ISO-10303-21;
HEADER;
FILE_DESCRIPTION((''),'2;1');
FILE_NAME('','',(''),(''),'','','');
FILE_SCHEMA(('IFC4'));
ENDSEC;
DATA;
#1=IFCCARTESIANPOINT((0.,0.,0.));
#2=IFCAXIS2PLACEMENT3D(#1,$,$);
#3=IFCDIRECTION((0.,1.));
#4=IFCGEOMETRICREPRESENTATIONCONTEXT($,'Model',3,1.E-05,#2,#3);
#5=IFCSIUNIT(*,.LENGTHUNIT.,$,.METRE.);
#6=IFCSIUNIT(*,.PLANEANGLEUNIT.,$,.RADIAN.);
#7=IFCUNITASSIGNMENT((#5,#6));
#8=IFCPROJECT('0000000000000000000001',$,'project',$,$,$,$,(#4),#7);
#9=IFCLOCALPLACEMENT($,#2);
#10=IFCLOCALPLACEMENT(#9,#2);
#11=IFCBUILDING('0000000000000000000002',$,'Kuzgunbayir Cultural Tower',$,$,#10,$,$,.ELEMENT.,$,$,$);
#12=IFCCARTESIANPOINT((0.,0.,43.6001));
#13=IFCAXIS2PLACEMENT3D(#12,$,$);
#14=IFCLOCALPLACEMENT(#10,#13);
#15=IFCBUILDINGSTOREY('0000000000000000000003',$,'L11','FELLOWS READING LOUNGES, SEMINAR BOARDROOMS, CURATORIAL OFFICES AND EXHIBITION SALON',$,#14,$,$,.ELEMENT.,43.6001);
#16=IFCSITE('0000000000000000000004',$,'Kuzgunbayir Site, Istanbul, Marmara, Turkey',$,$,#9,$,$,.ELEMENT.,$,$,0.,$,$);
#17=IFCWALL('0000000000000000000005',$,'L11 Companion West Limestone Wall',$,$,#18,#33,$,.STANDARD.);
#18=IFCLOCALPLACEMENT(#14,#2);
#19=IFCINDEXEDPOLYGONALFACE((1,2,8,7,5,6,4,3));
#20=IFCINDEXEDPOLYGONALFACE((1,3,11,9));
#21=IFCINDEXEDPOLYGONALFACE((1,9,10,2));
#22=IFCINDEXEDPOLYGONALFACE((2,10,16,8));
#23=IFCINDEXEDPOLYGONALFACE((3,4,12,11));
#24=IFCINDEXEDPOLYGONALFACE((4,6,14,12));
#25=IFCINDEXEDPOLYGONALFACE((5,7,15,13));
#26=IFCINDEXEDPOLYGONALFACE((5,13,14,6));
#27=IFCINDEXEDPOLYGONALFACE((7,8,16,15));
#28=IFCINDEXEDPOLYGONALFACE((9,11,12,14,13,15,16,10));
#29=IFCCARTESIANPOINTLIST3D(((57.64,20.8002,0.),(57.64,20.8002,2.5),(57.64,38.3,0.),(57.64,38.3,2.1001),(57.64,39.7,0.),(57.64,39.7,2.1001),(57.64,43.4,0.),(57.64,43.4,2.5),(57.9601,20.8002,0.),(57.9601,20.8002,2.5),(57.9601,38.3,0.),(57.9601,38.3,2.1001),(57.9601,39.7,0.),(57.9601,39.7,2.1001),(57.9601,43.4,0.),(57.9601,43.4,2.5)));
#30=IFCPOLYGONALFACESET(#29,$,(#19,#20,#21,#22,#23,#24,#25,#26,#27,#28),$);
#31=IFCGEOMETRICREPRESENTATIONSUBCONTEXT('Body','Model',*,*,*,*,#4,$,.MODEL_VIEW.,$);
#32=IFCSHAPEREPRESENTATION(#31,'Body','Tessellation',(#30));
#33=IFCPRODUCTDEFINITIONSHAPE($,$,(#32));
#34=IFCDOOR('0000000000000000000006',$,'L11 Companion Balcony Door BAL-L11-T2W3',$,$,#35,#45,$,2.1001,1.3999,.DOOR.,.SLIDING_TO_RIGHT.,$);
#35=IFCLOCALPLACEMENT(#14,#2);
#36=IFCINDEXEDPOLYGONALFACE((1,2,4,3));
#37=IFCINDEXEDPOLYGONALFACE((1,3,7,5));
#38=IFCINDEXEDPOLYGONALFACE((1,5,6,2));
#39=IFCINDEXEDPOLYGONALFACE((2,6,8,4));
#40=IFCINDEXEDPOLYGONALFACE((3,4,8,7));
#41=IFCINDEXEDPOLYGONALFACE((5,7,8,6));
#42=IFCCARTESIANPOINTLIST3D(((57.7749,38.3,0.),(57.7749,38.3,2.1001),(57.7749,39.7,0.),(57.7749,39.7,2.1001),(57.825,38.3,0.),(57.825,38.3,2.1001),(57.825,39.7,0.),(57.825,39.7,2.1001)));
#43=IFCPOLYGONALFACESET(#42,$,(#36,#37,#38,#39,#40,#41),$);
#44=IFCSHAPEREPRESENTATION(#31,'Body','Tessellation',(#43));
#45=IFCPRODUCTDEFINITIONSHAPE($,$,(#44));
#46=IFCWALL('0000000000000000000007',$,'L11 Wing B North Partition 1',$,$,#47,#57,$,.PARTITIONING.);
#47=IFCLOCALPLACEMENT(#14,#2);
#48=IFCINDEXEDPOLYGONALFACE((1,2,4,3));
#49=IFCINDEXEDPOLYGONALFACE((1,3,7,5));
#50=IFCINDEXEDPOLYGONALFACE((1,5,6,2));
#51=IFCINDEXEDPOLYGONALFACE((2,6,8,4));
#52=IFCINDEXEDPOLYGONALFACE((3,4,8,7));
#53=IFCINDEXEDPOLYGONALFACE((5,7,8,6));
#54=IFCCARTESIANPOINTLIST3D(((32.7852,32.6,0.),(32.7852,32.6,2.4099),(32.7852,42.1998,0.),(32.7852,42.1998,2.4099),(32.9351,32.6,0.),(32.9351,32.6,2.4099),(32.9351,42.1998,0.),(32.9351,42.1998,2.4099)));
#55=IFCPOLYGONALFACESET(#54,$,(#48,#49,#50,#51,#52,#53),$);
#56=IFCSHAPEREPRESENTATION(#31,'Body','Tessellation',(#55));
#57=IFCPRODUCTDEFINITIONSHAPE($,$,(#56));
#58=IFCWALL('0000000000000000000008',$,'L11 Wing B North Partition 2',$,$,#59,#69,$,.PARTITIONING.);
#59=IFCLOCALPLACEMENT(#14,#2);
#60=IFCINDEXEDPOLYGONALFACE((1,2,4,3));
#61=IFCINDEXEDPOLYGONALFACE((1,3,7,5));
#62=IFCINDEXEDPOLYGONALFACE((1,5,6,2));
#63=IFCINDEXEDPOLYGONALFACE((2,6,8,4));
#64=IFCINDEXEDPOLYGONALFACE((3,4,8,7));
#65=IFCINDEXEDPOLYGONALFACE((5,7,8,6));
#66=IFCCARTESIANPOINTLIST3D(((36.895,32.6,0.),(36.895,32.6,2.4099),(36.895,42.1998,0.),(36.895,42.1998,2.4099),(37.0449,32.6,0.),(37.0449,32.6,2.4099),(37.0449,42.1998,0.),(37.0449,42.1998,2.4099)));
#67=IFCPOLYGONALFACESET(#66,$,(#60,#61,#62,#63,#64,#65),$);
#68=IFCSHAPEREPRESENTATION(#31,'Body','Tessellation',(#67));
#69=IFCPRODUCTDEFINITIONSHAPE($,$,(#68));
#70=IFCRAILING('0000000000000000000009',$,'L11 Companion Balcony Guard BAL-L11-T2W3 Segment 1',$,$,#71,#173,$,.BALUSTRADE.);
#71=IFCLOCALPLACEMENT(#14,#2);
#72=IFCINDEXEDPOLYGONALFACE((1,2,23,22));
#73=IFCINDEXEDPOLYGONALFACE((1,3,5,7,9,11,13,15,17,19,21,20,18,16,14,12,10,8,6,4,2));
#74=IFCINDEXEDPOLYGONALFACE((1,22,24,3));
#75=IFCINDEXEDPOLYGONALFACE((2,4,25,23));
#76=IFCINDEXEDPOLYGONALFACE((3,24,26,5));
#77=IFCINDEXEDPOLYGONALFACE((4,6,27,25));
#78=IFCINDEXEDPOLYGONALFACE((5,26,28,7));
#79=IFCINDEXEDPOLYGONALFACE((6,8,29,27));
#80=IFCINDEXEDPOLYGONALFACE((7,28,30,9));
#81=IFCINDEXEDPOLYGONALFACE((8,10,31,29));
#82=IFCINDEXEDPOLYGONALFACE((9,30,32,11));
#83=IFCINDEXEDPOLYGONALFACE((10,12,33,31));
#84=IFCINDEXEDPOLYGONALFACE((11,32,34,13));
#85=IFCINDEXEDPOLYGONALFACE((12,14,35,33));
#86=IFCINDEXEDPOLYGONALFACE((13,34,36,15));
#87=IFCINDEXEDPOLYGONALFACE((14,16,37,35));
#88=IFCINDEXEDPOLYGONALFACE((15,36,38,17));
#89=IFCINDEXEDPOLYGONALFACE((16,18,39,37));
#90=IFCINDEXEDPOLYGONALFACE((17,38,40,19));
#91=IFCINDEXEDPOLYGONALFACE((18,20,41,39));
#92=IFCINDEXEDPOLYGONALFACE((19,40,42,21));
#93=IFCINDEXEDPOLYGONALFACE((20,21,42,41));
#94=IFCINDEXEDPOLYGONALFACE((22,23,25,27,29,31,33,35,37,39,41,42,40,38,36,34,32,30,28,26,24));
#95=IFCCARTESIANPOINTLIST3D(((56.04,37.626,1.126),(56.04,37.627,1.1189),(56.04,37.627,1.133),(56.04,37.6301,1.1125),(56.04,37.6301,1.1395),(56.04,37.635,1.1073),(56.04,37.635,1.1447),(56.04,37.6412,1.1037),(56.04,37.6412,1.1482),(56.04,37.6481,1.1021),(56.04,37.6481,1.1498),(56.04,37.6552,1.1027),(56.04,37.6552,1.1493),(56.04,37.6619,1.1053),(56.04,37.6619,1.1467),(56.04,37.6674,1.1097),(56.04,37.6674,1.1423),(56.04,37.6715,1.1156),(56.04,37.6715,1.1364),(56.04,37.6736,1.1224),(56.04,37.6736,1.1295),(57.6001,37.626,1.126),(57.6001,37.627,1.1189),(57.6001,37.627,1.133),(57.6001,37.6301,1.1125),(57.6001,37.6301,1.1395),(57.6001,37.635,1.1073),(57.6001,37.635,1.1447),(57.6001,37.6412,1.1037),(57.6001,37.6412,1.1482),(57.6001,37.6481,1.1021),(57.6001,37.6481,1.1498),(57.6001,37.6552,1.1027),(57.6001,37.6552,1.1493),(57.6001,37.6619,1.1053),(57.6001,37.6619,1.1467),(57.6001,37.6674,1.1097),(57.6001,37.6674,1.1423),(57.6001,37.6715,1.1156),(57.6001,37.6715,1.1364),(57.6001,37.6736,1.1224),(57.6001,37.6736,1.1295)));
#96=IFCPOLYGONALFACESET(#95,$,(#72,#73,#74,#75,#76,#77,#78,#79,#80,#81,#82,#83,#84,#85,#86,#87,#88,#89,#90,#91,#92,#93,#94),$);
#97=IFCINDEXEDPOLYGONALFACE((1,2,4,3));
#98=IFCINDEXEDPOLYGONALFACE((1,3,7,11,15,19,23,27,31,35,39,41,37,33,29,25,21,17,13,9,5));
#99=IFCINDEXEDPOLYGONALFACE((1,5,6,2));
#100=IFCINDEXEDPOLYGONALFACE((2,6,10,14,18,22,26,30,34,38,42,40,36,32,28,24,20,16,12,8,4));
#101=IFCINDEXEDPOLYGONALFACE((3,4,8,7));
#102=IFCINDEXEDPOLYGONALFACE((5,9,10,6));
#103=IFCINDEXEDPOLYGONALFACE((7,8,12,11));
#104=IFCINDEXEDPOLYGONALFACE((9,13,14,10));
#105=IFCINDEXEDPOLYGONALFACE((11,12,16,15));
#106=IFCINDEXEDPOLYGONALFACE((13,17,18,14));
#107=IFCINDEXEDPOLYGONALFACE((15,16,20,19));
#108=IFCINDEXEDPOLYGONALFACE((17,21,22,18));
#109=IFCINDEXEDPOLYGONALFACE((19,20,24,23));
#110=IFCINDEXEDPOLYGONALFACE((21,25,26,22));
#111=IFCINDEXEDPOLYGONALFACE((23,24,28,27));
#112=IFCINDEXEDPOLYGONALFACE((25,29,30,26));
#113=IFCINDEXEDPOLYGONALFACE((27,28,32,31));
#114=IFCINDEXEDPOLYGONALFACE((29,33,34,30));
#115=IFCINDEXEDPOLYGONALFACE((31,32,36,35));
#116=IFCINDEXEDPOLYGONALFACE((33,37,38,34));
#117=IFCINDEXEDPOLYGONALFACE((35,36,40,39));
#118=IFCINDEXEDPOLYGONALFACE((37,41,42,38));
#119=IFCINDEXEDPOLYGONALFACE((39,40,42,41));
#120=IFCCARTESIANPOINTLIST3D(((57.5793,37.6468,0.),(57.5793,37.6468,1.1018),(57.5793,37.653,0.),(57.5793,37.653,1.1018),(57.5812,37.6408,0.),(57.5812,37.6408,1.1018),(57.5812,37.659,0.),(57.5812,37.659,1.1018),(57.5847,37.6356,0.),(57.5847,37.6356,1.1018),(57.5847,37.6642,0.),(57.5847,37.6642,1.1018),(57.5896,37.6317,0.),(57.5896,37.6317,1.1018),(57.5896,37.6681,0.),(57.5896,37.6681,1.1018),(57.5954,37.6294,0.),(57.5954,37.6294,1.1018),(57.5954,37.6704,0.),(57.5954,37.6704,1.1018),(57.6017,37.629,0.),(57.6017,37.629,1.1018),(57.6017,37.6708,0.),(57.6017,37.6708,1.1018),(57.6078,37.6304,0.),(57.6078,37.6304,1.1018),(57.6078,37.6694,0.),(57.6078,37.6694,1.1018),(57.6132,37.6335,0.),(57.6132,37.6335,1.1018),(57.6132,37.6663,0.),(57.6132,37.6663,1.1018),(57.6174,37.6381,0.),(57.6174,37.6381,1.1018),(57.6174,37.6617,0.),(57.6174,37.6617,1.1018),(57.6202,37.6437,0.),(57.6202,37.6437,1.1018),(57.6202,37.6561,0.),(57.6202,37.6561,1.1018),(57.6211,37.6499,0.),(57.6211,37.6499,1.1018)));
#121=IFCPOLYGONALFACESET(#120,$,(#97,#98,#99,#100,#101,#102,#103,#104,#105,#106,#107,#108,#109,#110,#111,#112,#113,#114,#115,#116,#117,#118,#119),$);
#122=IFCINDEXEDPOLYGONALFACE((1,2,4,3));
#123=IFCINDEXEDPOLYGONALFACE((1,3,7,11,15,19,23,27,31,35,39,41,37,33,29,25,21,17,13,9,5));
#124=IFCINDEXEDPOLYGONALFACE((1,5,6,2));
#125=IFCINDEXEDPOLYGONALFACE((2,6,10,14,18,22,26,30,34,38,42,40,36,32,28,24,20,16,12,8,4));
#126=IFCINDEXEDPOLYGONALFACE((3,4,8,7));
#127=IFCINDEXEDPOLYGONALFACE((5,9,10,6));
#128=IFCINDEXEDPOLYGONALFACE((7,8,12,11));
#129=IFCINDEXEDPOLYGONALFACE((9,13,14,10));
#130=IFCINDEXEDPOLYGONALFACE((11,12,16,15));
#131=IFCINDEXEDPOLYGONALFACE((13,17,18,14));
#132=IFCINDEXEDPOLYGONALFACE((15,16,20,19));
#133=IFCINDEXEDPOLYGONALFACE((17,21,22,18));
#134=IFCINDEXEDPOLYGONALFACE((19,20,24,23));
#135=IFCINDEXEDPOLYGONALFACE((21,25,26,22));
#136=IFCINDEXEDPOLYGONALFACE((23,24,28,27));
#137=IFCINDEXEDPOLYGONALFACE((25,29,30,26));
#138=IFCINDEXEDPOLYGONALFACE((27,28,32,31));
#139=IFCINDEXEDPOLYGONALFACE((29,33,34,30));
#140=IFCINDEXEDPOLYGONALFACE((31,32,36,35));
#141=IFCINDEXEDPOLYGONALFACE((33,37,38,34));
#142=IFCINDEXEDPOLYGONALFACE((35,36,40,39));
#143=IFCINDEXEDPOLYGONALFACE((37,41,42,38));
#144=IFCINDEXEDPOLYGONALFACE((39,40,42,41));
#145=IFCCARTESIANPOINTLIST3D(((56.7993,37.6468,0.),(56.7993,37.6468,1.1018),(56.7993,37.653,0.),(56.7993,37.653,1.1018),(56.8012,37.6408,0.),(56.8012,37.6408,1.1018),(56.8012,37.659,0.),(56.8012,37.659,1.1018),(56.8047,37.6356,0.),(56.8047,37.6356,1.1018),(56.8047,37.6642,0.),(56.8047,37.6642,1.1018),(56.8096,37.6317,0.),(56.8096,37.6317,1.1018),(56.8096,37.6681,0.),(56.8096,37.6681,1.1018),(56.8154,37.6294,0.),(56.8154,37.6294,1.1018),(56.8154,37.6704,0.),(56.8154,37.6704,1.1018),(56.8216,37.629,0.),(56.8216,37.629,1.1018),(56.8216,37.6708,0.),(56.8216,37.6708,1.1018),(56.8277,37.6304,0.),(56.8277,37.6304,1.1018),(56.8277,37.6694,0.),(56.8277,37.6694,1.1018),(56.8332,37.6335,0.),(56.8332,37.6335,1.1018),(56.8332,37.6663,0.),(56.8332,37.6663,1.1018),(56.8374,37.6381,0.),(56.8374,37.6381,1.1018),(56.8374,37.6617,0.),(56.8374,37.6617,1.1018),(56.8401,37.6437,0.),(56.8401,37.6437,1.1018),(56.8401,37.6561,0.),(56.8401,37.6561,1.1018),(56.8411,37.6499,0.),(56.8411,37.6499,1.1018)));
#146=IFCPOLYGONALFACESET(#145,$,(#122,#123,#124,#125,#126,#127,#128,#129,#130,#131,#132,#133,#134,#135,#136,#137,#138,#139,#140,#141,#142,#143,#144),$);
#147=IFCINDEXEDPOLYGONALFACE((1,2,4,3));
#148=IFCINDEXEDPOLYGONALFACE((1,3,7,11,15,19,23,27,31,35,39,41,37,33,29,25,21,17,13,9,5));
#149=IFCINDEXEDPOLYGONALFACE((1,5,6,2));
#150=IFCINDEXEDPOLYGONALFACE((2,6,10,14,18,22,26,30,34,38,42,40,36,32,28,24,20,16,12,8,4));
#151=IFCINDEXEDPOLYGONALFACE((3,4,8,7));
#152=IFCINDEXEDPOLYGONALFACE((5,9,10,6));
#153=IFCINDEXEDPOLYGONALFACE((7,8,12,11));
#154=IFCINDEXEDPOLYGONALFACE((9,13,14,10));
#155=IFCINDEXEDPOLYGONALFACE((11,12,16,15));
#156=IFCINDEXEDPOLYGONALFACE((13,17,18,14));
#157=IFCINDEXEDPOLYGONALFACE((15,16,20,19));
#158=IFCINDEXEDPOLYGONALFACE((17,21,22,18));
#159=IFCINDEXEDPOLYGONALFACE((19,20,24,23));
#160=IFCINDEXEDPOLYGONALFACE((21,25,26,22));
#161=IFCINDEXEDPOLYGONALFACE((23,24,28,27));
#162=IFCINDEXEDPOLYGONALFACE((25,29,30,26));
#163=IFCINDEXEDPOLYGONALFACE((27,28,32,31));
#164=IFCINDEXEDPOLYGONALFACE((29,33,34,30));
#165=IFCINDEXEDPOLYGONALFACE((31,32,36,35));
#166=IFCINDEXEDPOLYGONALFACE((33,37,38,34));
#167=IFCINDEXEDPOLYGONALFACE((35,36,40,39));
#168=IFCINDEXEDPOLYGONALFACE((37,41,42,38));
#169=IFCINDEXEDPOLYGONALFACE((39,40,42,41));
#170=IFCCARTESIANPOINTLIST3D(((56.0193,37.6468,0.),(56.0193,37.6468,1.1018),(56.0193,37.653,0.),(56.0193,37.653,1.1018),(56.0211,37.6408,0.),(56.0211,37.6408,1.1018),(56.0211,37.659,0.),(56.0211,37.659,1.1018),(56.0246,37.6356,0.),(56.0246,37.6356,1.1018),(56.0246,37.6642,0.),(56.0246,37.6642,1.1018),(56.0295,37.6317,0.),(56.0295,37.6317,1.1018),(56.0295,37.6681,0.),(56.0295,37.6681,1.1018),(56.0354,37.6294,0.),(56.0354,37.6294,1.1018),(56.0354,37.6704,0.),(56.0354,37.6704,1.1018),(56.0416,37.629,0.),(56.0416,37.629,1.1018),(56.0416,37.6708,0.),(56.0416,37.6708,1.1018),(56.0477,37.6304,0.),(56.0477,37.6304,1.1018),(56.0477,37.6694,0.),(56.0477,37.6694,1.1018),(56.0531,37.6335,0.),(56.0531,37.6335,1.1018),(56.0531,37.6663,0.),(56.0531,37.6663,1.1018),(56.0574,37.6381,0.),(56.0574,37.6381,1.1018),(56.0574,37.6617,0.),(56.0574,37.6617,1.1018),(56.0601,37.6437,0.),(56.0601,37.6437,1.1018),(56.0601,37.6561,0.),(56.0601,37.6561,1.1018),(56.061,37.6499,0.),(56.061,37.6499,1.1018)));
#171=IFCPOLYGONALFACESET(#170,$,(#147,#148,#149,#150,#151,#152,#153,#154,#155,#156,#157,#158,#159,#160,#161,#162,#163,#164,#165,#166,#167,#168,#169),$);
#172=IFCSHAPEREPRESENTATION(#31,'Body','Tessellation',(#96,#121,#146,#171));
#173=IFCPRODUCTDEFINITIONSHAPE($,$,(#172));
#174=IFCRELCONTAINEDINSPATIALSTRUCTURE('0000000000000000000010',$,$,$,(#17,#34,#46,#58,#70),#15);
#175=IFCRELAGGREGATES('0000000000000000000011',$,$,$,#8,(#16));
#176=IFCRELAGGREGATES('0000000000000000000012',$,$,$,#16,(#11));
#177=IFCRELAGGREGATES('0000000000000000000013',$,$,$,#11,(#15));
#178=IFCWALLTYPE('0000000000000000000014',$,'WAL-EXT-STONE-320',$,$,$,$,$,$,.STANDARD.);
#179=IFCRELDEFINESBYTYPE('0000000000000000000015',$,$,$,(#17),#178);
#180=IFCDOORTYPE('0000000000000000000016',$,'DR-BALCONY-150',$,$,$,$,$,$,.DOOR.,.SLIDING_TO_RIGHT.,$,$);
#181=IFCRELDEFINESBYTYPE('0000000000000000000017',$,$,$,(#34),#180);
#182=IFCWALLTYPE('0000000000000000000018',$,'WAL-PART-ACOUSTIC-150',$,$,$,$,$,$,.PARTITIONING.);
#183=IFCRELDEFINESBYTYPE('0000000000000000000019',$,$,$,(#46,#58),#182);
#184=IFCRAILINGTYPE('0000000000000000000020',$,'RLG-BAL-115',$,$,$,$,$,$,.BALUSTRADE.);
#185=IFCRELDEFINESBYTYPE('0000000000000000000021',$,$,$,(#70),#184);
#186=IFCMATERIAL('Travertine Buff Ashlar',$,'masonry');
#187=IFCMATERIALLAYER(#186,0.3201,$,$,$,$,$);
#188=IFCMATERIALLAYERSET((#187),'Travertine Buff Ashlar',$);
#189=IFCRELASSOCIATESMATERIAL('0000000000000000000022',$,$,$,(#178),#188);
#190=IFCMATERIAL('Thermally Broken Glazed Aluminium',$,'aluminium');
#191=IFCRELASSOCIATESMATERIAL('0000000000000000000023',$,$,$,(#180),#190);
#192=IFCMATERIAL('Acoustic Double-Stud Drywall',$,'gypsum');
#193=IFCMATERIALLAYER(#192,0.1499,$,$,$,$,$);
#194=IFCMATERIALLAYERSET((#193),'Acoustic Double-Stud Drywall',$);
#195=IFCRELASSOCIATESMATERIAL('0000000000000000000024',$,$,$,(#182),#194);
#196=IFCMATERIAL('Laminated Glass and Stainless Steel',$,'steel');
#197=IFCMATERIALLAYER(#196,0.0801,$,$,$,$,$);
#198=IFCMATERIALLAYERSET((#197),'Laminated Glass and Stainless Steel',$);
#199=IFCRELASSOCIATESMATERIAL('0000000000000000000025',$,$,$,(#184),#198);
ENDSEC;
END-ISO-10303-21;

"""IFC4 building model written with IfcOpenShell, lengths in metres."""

from ifc_helpers import new_model, si_unit, direction, frame, frame_2d, origin, origin_2d, place, context, subcontext, project, spatial, rectangle, circle, extrude, material, layer, layer_set, type_object, element, fill, save


model = new_model("IFC4")

# Units and contexts
model_context = context("Model", 3, precision=1e-05, world=origin(), true_north=direction((0.0, 1.0)))
body_context = subcontext(model_context, "Body", "Model", "MODEL_VIEW")
ifc_project = project(units=[si_unit("LENGTHUNIT", "METRE"), si_unit("PLANEANGLEUNIT", "RADIAN")], contexts=[model_context])

# Site, building, storey
site_placement = place(None, origin())
site = spatial("IfcSite", under=ifc_project, at=site_placement, Name="Kuzgunbayir Site, Istanbul, Marmara, Turkey", CompositionType="ELEMENT", RefElevation=0.0)
building_placement = place(site_placement, origin())
building = spatial("IfcBuilding", under=site, at=building_placement, Name="Kuzgunbayir Cultural Tower", CompositionType="ELEMENT")
storey_placement = place(building_placement, frame((0.0, 0.0, 43.6001)))
storey = spatial("IfcBuildingStorey", under=building, at=storey_placement, Name="L11", Description="FELLOWS READING LOUNGES, SEMINAR BOARDROOMS, CURATORIAL OFFICES AND EXHIBITION SALON", CompositionType="ELEMENT", Elevation=43.6001)

# Shared definitions
ifc_material_1 = material(Name="Travertine Buff Ashlar", Category="masonry")
ifc_layer_1 = layer(ifc_material_1, 0.3201)
ifc_layer_set_1 = layer_set([ifc_layer_1], Name="Travertine Buff Ashlar")
wall_type_1 = type_object("IfcWallType", Name="WAL-EXT-STONE-320", PredefinedType="STANDARD", material=ifc_layer_set_1)

# Wall, opening, door
wall_1_placement = place(storey_placement, frame((57.8, 43.3999, 0.0), z_axis=(0.0, 0.0, 1.0), x_axis=(0.0, -1.0, 0.0)))
wall_1 = element("IfcWall", 1, at=wall_1_placement, inside=storey, type_object=wall_type_1, Name="L11 Companion West Limestone Wall", PredefinedType="STANDARD", context=body_context, shape_type="SweptSolid", body=[
    extrude(rectangle(XDim=22.5999, YDim=0.3201, at=frame_2d((11.2998, 0.0))), origin(), (0.0, 0.0, 1.0), 2.5),
])
opening_placement = place(wall_1_placement, frame((3.7, 0.0, 0.0)))
opening = element("IfcOpeningElement", 2, at=opening_placement, cuts=wall_1, PredefinedType="OPENING", context=body_context, shape_type="SweptSolid", body=[
    extrude(rectangle(XDim=1.3999, YDim=2.1001, at=frame_2d((0.7, 1.05))), frame((0.0, 0.1699, 0.0), z_axis=(0.0, -1.0, 0.0), x_axis=(1.0, 0.0, 0.0)), (0.0, 0.0, 1.0), 0.3401),
])
ifc_material_2 = material(Name="Thermally Broken Glazed Aluminium", Category="aluminium")
door_type = type_object("IfcDoorType", Name="DR-BALCONY-150", OperationType="SLIDING_TO_RIGHT", PredefinedType="DOOR", material=ifc_material_2)
door_placement = place(opening_placement, origin())
door = element("IfcDoor", 3, at=door_placement, inside=storey, type_object=door_type, Name="L11 Companion Balcony Door BAL-L11-T2W3", OperationType="SLIDING_TO_RIGHT", OverallHeight=2.1001, OverallWidth=1.3999, PredefinedType="DOOR", context=body_context, shape_type="SweptSolid", body=[
    extrude(rectangle(XDim=1.3999, YDim=2.1001, at=frame_2d((0.7, 1.05))), frame((0.0, 0.0249, 0.0), z_axis=(0.0, -1.0, 0.0), x_axis=(1.0, 0.0, 0.0)), (0.0, 0.0, 1.0), 0.05),
])
fill(opening, door)

# Walls
ifc_material_3 = material(Name="Acoustic Double-Stud Drywall", Category="gypsum")
ifc_layer_2 = layer(ifc_material_3, 0.1499)
ifc_layer_set_2 = layer_set([ifc_layer_2], Name="Acoustic Double-Stud Drywall")
wall_type_2 = type_object("IfcWallType", Name="WAL-PART-ACOUSTIC-150", PredefinedType="PARTITIONING", material=ifc_layer_set_2)
for number, where, z_axis, x_axis, name in (
    (4, (32.8601, 32.6001, 0.0), (0.0, 0.0, 1.0), (0.0, 1.0, 0.0), "L11 Wing B North Partition 1"),
    (5, (36.97, 32.6001, 0.0), (0.0, 0.0, 1.0), (0.0, 1.0, 0.0), "L11 Wing B North Partition 2"),
):
    element("IfcWall", number, at=place(storey_placement, frame(where, z_axis=z_axis, x_axis=x_axis)), inside=storey, type_object=wall_type_2, Name=name, PredefinedType="PARTITIONING", context=body_context, shape_type="SweptSolid", body=[
        extrude(rectangle(XDim=9.5999, YDim=0.1499, at=frame_2d((4.7998, 0.0))), origin(), (0.0, 0.0, 1.0), 2.4099),
    ])

# Railing
ifc_material_4 = material(Name="Laminated Glass and Stainless Steel", Category="steel")
ifc_layer_3 = layer(ifc_material_4, 0.0801)
ifc_layer_set_3 = layer_set([ifc_layer_3], Name="Laminated Glass and Stainless Steel")
railing_type = type_object("IfcRailingType", Name="RLG-BAL-115", PredefinedType="BALUSTRADE", material=ifc_layer_set_3)
railing_1_placement = place(storey_placement, frame((57.6001, 37.6499, 0.0)))
element("IfcRailing", 6, at=railing_1_placement, inside=storey, type_object=railing_type, Name="L11 Companion Balcony Guard BAL-L11-T2W3 Segment 1", PredefinedType="BALUSTRADE", context=body_context, shape_type="SweptSolid", body=[
    extrude(circle(Radius=0.0239, at=origin_2d()), frame((0.0, 0.0, 1.126), z_axis=(-1.0, 0.0, 0.0), x_axis=(0.0, -1.0, 0.0)), (0.0, 0.0, 1.0), 1.5601),
    extrude(circle(Radius=0.021, at=origin_2d()), origin(), (0.0, 0.0, 1.0), 1.1018),
    extrude(circle(Radius=0.021, at=origin_2d()), frame((-0.78, 0.0, 0.0)), (0.0, 0.0, 1.0), 1.1018),
    extrude(circle(Radius=0.021, at=origin_2d()), frame((-1.5601, 0.0, 0.0)), (0.0, 0.0, 1.0), 1.1018),
])

save(model, "model.ifc")
